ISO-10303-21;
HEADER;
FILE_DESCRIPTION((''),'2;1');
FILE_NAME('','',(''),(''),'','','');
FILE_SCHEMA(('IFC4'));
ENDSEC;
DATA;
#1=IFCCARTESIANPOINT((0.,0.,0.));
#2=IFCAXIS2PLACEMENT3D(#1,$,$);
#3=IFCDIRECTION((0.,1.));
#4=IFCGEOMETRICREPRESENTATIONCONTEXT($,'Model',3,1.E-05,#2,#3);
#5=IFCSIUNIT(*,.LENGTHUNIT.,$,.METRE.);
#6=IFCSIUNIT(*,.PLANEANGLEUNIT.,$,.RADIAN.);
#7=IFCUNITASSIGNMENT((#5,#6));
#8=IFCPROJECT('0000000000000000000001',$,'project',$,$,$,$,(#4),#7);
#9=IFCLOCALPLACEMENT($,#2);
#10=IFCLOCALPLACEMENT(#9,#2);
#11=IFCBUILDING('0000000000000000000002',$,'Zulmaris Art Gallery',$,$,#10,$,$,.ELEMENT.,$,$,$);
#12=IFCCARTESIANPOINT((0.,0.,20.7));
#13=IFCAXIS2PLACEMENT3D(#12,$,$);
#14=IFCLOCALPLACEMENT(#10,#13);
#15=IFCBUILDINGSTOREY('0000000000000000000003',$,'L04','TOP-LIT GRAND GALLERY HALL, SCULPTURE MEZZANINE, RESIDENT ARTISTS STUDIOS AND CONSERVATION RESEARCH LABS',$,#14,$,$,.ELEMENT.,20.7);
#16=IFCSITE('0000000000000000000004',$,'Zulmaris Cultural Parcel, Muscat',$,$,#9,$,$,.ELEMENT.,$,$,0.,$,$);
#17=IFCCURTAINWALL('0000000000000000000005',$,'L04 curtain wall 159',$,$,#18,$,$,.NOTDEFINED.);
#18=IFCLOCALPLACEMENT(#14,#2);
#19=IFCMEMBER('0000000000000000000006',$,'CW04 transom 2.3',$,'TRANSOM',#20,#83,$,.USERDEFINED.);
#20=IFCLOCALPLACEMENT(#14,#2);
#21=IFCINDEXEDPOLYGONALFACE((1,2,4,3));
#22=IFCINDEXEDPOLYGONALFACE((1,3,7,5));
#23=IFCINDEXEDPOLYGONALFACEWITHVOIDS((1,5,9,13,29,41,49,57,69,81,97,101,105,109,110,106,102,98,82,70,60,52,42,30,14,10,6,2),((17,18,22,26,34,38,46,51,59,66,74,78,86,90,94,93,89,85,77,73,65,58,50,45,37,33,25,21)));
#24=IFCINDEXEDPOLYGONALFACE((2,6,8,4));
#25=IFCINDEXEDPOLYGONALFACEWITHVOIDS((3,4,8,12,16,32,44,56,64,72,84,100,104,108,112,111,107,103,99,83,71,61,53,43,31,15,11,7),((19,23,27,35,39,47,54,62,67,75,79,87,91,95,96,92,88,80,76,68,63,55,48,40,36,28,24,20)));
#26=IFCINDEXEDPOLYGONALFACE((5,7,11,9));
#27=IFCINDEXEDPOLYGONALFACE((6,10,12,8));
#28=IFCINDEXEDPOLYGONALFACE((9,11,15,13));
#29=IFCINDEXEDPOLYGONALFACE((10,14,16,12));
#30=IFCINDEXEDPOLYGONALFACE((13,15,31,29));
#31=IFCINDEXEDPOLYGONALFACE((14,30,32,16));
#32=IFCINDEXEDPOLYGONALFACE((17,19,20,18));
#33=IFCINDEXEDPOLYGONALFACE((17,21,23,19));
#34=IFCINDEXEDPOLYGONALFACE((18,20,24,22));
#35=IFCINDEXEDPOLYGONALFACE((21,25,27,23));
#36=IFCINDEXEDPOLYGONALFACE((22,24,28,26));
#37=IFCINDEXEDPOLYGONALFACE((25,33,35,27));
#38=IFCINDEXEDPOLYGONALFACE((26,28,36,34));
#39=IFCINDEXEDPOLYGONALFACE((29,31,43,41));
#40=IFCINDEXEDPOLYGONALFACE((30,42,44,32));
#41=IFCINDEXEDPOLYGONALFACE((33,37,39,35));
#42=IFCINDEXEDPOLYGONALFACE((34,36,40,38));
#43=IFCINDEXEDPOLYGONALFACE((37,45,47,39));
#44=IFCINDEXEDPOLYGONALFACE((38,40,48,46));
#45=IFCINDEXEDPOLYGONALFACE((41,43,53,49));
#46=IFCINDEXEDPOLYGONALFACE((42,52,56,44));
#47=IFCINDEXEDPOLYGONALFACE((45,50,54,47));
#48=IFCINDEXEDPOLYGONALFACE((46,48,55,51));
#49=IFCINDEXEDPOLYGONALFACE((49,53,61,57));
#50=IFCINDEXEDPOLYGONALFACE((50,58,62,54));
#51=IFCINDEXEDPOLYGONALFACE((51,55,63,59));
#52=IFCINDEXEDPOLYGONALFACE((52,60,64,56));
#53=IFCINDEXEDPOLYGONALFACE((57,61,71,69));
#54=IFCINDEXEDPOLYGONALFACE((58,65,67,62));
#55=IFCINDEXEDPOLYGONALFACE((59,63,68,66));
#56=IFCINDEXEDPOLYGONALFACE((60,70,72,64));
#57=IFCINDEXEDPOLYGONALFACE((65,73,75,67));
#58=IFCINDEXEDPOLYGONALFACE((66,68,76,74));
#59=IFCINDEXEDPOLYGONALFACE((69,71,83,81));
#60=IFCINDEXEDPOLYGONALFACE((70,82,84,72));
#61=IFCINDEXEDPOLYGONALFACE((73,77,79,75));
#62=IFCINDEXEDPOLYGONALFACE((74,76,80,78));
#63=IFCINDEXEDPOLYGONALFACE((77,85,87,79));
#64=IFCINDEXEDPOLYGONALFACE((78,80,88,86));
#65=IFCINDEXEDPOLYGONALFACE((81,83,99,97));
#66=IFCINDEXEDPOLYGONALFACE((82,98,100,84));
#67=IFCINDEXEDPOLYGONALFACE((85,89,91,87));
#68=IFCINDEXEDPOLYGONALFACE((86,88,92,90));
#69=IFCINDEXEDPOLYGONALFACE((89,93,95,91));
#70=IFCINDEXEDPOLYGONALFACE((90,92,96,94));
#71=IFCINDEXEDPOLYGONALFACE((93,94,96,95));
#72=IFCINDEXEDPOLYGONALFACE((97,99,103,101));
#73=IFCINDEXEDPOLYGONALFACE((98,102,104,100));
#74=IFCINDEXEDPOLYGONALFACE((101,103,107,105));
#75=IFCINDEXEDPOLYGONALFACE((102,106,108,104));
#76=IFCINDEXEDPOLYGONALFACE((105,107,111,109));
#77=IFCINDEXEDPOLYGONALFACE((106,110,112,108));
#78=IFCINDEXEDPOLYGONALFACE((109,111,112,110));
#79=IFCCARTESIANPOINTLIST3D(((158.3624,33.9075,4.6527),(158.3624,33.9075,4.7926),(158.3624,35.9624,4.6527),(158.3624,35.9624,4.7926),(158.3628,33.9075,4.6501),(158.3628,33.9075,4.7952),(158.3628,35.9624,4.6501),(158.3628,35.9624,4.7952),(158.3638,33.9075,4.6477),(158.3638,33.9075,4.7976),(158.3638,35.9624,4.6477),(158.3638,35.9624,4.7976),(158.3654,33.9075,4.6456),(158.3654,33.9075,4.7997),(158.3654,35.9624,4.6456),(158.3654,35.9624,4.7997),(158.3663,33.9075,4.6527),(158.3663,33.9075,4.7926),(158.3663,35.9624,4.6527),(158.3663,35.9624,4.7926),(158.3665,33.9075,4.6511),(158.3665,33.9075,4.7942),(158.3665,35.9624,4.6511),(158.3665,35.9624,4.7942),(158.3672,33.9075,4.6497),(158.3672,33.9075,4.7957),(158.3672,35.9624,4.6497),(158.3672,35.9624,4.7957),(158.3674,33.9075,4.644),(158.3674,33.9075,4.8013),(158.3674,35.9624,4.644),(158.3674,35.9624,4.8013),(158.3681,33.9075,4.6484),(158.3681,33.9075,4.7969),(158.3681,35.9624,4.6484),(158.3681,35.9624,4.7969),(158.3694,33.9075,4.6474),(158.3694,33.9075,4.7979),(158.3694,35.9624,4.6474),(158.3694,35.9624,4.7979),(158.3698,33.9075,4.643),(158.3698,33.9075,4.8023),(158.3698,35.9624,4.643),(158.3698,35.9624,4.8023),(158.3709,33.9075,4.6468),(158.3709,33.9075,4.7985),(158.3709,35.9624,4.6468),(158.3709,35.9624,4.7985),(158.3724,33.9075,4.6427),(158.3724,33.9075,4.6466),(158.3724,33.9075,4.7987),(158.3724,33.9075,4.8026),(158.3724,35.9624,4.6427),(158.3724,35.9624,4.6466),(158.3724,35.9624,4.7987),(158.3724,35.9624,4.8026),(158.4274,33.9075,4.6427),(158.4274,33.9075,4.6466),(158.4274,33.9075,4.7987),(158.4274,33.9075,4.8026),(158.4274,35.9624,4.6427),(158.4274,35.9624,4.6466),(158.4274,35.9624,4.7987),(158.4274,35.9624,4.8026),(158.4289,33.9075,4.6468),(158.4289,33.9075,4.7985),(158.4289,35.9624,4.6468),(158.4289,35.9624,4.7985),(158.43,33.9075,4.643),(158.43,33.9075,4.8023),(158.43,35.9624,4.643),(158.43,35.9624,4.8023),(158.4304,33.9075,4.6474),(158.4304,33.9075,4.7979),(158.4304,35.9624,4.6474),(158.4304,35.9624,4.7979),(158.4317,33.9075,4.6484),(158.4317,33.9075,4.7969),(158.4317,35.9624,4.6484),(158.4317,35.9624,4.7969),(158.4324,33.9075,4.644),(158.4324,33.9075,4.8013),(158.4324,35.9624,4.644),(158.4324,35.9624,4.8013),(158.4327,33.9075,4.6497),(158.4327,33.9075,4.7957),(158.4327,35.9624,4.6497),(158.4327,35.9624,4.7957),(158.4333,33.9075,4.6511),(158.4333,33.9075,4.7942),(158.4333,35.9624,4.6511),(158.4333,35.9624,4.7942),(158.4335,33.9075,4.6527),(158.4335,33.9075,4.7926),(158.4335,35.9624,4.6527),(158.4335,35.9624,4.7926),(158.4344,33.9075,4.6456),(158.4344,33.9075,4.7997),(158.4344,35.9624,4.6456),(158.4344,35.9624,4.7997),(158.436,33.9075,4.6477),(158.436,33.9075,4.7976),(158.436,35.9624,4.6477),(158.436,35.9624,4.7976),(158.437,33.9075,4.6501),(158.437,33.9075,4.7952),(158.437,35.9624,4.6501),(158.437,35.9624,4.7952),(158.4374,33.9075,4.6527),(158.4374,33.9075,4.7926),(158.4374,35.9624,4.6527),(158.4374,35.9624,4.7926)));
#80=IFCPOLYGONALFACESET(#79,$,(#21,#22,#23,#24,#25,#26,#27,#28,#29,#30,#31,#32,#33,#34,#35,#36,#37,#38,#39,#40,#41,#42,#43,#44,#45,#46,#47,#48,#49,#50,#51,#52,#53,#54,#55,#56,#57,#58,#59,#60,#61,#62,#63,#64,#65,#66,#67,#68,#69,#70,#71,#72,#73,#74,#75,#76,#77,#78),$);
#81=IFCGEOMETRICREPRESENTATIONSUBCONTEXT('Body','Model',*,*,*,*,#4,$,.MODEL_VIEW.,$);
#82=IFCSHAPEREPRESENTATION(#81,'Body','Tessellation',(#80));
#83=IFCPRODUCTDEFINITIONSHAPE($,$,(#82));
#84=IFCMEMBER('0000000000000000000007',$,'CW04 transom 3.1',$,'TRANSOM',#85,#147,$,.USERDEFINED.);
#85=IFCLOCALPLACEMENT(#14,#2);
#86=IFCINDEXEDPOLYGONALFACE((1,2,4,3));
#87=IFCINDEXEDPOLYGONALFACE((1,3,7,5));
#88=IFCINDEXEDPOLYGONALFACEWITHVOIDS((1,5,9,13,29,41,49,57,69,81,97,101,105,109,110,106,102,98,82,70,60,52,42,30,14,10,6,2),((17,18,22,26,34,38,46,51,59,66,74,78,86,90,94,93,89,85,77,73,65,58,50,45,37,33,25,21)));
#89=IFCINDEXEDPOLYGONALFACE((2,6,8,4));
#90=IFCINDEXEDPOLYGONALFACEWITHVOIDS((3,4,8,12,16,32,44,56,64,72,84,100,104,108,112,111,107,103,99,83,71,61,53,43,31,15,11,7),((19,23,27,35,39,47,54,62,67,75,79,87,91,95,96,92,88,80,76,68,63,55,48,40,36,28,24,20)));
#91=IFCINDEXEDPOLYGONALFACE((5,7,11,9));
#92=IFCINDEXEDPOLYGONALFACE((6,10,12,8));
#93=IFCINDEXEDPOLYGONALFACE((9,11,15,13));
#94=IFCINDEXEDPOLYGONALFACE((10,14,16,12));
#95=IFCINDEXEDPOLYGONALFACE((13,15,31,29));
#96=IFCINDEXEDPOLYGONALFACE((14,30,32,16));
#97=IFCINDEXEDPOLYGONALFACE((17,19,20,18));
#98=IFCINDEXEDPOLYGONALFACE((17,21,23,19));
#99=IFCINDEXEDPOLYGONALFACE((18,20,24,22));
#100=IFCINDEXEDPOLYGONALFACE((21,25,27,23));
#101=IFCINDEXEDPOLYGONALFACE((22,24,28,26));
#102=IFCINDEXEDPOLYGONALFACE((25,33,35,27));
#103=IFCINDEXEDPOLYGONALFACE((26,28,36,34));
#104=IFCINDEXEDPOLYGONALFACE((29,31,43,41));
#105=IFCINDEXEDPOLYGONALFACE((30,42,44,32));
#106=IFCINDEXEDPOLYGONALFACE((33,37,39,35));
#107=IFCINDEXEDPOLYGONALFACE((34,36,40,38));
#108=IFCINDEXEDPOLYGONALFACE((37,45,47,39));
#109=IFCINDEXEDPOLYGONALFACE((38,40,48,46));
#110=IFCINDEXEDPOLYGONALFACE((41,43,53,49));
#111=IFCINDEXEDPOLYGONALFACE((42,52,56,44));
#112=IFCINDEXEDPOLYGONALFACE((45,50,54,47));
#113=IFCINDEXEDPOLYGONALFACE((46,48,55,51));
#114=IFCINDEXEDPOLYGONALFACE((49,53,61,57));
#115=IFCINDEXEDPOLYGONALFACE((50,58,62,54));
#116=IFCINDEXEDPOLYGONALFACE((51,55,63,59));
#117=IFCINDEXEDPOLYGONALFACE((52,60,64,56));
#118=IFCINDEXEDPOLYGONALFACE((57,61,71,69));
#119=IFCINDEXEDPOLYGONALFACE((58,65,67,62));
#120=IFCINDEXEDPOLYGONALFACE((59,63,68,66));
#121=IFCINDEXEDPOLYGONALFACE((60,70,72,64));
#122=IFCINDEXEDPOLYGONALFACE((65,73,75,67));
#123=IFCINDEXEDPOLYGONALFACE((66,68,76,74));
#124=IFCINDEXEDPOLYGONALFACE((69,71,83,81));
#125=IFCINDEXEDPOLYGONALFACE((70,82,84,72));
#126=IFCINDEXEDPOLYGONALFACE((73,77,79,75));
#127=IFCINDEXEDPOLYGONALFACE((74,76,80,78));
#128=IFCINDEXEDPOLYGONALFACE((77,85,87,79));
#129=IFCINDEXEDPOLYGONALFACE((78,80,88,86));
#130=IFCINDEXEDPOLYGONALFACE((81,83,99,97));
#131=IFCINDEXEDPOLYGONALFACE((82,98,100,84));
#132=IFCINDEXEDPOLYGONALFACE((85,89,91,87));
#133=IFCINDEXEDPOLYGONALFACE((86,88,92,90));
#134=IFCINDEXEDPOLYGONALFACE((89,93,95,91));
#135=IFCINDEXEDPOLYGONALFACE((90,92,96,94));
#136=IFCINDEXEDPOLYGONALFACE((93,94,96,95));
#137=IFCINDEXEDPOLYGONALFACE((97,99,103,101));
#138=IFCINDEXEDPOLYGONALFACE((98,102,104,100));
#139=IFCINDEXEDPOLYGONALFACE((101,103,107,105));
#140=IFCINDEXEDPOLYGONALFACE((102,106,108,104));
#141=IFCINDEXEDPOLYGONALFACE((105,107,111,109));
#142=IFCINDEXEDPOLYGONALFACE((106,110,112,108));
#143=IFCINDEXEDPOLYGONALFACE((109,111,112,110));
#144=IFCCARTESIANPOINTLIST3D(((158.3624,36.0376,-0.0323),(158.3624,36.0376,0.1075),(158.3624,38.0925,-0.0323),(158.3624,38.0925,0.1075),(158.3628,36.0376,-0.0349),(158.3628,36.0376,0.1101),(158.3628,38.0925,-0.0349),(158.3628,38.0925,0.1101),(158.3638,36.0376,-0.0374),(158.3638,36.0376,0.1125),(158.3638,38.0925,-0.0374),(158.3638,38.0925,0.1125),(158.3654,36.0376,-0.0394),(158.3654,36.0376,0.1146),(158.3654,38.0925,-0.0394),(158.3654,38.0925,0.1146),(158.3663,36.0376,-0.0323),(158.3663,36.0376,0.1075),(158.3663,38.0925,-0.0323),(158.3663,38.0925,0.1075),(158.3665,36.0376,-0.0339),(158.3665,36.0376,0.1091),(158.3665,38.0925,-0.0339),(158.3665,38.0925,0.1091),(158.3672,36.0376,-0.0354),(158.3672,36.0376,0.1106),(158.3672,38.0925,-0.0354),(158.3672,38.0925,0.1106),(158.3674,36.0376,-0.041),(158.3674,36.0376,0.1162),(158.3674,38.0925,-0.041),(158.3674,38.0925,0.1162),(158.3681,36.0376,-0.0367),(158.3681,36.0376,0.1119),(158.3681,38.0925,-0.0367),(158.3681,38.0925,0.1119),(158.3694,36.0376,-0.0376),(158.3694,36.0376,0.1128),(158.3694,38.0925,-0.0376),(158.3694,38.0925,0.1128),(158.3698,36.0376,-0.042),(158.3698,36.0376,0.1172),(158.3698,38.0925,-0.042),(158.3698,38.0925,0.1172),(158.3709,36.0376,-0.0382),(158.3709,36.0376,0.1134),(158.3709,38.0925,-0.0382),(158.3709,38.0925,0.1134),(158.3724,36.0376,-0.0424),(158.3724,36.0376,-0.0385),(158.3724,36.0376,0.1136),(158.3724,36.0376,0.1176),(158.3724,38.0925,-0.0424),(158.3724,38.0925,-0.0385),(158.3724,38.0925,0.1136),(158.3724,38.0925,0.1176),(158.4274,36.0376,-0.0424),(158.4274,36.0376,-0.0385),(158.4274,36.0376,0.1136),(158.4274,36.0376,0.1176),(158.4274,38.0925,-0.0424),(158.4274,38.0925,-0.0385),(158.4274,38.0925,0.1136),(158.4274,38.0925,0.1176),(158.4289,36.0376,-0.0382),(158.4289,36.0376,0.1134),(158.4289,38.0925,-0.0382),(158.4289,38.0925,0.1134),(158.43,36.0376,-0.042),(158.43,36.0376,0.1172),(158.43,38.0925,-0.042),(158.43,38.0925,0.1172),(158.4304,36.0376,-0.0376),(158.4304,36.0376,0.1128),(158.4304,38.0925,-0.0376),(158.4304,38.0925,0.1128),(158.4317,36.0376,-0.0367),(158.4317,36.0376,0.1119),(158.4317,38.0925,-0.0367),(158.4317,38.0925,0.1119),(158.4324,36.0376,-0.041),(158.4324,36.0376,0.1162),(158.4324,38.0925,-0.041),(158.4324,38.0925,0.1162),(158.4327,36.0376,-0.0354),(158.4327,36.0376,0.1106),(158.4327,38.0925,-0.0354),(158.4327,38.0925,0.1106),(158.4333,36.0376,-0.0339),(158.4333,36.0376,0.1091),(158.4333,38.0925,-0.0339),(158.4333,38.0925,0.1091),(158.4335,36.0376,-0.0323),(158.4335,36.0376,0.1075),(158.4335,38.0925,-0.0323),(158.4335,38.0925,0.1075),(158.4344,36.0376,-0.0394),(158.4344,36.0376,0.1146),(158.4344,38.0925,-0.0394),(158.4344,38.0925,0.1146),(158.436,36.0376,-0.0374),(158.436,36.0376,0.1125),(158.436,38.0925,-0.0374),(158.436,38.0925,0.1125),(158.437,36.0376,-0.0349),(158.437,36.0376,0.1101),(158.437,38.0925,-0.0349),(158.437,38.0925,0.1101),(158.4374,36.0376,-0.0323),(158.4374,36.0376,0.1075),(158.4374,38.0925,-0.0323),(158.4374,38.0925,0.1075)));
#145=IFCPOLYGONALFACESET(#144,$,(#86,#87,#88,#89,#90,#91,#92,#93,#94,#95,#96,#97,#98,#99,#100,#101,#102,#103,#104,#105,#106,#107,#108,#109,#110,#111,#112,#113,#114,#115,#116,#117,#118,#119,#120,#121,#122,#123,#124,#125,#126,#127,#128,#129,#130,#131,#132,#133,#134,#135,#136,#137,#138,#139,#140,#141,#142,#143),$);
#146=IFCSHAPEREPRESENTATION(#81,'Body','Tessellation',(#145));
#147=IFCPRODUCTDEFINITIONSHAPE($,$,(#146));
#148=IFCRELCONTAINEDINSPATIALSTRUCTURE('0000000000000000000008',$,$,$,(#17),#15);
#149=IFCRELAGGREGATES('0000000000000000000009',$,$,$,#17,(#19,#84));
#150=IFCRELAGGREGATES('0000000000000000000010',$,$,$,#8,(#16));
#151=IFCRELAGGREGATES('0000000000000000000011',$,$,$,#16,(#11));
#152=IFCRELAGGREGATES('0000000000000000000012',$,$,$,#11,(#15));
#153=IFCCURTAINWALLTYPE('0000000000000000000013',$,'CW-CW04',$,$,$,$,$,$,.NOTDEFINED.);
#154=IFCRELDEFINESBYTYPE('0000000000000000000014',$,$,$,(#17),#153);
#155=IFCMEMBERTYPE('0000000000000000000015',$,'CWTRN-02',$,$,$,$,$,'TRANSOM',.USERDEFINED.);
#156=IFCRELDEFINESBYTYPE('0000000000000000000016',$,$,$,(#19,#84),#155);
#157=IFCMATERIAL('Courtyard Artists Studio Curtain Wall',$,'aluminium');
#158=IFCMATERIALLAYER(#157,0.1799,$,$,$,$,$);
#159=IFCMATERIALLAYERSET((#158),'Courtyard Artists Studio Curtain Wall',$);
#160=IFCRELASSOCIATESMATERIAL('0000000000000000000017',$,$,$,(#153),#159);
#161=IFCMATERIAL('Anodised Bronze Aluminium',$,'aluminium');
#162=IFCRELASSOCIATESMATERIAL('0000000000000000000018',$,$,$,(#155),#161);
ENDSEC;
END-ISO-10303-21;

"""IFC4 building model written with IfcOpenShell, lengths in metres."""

from ifc_helpers import new_model, si_unit, direction, frame, origin, origin_2d, place, context, subcontext, project, spatial, hollow_rectangle, extrude, material, layer, layer_set, material_profile, profile_set, type_object, element, aggregate, save


model = new_model("IFC4")

# Units and contexts
model_context = context("Model", 3, precision=1e-05, world=origin(), true_north=direction((0.0, 1.0)))
body_context = subcontext(model_context, "Body", "Model", "MODEL_VIEW")
ifc_project = project(units=[si_unit("LENGTHUNIT", "METRE"), si_unit("PLANEANGLEUNIT", "RADIAN")], contexts=[model_context])

# Site, building, storey
site_placement = place(None, origin())
site = spatial("IfcSite", under=ifc_project, at=site_placement, Name="Zulmaris Cultural Parcel, Muscat", CompositionType="ELEMENT", RefElevation=0.0)
building_placement = place(site_placement, origin())
building = spatial("IfcBuilding", under=site, at=building_placement, Name="Zulmaris Art Gallery", CompositionType="ELEMENT")
storey_placement = place(building_placement, frame((0.0, 0.0, 20.7)))
storey = spatial("IfcBuildingStorey", under=building, at=storey_placement, Name="L04", Description="TOP-LIT GRAND GALLERY HALL, SCULPTURE MEZZANINE, RESIDENT ARTISTS STUDIOS AND CONSERVATION RESEARCH LABS", CompositionType="ELEMENT", Elevation=20.7)

# Curtain wall, members
ifc_material_1 = material(Name="Courtyard Artists Studio Curtain Wall", Category="aluminium")
ifc_layer_1 = layer(ifc_material_1, 0.1799)
ifc_layer_set_1 = layer_set([ifc_layer_1], Name="Courtyard Artists Studio Curtain Wall")
curtain_wall_type = type_object("IfcCurtainWallType", Name="CW-CW04", PredefinedType="NOTDEFINED", material=ifc_layer_set_1)
curtain_wall_placement = place(storey_placement, origin())
curtain_wall = element("IfcCurtainWall", 1, at=curtain_wall_placement, inside=storey, type_object=curtain_wall_type, Name="L04 curtain wall 159", PredefinedType="NOTDEFINED")
ifc_material_2 = material(Name="Anodised Bronze Aluminium", Category="aluminium")
ifc_material_profile_1 = material_profile(ifc_material_2, hollow_rectangle(XDim=0.075, YDim=0.1599, WallThickness=0.0039, InnerFilletRadius=0.0061, OuterFilletRadius=0.01, at=origin_2d()), Name="ALU 75x160x4")
ifc_profile_set_1 = profile_set([ifc_material_profile_1], Name="Anodised Bronze Aluminium")
member_type_1 = type_object("IfcMemberType", Name="CWTRN-02", ElementType="TRANSOM", PredefinedType="USERDEFINED", material=ifc_profile_set_1)
member_1_placement = place(storey_placement, frame((158.3999, 33.9075, 4.7227), z_axis=(0.0, 1.0, 0.0), x_axis=(-1.0, 0.0, 0.0)))
member_1 = element("IfcMember", 2, at=member_1_placement, type_object=member_type_1, Name="CW04 transom 2.3", ObjectType="TRANSOM", PredefinedType="USERDEFINED", context=body_context, shape_type="SweptSolid", body=[
    extrude(hollow_rectangle(XDim=0.075, YDim=0.1599, WallThickness=0.0039, InnerFilletRadius=0.0061, OuterFilletRadius=0.01, at=origin_2d()), origin(), (0.0, 0.0, 1.0), 2.0549),
])
member_2_placement = place(storey_placement, frame((158.3999, 36.0376, 0.0376), z_axis=(0.0, 1.0, 0.0), x_axis=(-1.0, 0.0, 0.0)))
member_2 = element("IfcMember", 3, at=member_2_placement, type_object=member_type_1, Name="CW04 transom 3.1", ObjectType="TRANSOM", PredefinedType="USERDEFINED", context=body_context, shape_type="SweptSolid", body=[
    extrude(hollow_rectangle(XDim=0.075, YDim=0.1599, WallThickness=0.0039, InnerFilletRadius=0.0061, OuterFilletRadius=0.01, at=origin_2d()), origin(), (0.0, 0.0, 1.0), 2.0549),
])
aggregate(curtain_wall, [member_1, member_2])

save(model, "model.ifc")
